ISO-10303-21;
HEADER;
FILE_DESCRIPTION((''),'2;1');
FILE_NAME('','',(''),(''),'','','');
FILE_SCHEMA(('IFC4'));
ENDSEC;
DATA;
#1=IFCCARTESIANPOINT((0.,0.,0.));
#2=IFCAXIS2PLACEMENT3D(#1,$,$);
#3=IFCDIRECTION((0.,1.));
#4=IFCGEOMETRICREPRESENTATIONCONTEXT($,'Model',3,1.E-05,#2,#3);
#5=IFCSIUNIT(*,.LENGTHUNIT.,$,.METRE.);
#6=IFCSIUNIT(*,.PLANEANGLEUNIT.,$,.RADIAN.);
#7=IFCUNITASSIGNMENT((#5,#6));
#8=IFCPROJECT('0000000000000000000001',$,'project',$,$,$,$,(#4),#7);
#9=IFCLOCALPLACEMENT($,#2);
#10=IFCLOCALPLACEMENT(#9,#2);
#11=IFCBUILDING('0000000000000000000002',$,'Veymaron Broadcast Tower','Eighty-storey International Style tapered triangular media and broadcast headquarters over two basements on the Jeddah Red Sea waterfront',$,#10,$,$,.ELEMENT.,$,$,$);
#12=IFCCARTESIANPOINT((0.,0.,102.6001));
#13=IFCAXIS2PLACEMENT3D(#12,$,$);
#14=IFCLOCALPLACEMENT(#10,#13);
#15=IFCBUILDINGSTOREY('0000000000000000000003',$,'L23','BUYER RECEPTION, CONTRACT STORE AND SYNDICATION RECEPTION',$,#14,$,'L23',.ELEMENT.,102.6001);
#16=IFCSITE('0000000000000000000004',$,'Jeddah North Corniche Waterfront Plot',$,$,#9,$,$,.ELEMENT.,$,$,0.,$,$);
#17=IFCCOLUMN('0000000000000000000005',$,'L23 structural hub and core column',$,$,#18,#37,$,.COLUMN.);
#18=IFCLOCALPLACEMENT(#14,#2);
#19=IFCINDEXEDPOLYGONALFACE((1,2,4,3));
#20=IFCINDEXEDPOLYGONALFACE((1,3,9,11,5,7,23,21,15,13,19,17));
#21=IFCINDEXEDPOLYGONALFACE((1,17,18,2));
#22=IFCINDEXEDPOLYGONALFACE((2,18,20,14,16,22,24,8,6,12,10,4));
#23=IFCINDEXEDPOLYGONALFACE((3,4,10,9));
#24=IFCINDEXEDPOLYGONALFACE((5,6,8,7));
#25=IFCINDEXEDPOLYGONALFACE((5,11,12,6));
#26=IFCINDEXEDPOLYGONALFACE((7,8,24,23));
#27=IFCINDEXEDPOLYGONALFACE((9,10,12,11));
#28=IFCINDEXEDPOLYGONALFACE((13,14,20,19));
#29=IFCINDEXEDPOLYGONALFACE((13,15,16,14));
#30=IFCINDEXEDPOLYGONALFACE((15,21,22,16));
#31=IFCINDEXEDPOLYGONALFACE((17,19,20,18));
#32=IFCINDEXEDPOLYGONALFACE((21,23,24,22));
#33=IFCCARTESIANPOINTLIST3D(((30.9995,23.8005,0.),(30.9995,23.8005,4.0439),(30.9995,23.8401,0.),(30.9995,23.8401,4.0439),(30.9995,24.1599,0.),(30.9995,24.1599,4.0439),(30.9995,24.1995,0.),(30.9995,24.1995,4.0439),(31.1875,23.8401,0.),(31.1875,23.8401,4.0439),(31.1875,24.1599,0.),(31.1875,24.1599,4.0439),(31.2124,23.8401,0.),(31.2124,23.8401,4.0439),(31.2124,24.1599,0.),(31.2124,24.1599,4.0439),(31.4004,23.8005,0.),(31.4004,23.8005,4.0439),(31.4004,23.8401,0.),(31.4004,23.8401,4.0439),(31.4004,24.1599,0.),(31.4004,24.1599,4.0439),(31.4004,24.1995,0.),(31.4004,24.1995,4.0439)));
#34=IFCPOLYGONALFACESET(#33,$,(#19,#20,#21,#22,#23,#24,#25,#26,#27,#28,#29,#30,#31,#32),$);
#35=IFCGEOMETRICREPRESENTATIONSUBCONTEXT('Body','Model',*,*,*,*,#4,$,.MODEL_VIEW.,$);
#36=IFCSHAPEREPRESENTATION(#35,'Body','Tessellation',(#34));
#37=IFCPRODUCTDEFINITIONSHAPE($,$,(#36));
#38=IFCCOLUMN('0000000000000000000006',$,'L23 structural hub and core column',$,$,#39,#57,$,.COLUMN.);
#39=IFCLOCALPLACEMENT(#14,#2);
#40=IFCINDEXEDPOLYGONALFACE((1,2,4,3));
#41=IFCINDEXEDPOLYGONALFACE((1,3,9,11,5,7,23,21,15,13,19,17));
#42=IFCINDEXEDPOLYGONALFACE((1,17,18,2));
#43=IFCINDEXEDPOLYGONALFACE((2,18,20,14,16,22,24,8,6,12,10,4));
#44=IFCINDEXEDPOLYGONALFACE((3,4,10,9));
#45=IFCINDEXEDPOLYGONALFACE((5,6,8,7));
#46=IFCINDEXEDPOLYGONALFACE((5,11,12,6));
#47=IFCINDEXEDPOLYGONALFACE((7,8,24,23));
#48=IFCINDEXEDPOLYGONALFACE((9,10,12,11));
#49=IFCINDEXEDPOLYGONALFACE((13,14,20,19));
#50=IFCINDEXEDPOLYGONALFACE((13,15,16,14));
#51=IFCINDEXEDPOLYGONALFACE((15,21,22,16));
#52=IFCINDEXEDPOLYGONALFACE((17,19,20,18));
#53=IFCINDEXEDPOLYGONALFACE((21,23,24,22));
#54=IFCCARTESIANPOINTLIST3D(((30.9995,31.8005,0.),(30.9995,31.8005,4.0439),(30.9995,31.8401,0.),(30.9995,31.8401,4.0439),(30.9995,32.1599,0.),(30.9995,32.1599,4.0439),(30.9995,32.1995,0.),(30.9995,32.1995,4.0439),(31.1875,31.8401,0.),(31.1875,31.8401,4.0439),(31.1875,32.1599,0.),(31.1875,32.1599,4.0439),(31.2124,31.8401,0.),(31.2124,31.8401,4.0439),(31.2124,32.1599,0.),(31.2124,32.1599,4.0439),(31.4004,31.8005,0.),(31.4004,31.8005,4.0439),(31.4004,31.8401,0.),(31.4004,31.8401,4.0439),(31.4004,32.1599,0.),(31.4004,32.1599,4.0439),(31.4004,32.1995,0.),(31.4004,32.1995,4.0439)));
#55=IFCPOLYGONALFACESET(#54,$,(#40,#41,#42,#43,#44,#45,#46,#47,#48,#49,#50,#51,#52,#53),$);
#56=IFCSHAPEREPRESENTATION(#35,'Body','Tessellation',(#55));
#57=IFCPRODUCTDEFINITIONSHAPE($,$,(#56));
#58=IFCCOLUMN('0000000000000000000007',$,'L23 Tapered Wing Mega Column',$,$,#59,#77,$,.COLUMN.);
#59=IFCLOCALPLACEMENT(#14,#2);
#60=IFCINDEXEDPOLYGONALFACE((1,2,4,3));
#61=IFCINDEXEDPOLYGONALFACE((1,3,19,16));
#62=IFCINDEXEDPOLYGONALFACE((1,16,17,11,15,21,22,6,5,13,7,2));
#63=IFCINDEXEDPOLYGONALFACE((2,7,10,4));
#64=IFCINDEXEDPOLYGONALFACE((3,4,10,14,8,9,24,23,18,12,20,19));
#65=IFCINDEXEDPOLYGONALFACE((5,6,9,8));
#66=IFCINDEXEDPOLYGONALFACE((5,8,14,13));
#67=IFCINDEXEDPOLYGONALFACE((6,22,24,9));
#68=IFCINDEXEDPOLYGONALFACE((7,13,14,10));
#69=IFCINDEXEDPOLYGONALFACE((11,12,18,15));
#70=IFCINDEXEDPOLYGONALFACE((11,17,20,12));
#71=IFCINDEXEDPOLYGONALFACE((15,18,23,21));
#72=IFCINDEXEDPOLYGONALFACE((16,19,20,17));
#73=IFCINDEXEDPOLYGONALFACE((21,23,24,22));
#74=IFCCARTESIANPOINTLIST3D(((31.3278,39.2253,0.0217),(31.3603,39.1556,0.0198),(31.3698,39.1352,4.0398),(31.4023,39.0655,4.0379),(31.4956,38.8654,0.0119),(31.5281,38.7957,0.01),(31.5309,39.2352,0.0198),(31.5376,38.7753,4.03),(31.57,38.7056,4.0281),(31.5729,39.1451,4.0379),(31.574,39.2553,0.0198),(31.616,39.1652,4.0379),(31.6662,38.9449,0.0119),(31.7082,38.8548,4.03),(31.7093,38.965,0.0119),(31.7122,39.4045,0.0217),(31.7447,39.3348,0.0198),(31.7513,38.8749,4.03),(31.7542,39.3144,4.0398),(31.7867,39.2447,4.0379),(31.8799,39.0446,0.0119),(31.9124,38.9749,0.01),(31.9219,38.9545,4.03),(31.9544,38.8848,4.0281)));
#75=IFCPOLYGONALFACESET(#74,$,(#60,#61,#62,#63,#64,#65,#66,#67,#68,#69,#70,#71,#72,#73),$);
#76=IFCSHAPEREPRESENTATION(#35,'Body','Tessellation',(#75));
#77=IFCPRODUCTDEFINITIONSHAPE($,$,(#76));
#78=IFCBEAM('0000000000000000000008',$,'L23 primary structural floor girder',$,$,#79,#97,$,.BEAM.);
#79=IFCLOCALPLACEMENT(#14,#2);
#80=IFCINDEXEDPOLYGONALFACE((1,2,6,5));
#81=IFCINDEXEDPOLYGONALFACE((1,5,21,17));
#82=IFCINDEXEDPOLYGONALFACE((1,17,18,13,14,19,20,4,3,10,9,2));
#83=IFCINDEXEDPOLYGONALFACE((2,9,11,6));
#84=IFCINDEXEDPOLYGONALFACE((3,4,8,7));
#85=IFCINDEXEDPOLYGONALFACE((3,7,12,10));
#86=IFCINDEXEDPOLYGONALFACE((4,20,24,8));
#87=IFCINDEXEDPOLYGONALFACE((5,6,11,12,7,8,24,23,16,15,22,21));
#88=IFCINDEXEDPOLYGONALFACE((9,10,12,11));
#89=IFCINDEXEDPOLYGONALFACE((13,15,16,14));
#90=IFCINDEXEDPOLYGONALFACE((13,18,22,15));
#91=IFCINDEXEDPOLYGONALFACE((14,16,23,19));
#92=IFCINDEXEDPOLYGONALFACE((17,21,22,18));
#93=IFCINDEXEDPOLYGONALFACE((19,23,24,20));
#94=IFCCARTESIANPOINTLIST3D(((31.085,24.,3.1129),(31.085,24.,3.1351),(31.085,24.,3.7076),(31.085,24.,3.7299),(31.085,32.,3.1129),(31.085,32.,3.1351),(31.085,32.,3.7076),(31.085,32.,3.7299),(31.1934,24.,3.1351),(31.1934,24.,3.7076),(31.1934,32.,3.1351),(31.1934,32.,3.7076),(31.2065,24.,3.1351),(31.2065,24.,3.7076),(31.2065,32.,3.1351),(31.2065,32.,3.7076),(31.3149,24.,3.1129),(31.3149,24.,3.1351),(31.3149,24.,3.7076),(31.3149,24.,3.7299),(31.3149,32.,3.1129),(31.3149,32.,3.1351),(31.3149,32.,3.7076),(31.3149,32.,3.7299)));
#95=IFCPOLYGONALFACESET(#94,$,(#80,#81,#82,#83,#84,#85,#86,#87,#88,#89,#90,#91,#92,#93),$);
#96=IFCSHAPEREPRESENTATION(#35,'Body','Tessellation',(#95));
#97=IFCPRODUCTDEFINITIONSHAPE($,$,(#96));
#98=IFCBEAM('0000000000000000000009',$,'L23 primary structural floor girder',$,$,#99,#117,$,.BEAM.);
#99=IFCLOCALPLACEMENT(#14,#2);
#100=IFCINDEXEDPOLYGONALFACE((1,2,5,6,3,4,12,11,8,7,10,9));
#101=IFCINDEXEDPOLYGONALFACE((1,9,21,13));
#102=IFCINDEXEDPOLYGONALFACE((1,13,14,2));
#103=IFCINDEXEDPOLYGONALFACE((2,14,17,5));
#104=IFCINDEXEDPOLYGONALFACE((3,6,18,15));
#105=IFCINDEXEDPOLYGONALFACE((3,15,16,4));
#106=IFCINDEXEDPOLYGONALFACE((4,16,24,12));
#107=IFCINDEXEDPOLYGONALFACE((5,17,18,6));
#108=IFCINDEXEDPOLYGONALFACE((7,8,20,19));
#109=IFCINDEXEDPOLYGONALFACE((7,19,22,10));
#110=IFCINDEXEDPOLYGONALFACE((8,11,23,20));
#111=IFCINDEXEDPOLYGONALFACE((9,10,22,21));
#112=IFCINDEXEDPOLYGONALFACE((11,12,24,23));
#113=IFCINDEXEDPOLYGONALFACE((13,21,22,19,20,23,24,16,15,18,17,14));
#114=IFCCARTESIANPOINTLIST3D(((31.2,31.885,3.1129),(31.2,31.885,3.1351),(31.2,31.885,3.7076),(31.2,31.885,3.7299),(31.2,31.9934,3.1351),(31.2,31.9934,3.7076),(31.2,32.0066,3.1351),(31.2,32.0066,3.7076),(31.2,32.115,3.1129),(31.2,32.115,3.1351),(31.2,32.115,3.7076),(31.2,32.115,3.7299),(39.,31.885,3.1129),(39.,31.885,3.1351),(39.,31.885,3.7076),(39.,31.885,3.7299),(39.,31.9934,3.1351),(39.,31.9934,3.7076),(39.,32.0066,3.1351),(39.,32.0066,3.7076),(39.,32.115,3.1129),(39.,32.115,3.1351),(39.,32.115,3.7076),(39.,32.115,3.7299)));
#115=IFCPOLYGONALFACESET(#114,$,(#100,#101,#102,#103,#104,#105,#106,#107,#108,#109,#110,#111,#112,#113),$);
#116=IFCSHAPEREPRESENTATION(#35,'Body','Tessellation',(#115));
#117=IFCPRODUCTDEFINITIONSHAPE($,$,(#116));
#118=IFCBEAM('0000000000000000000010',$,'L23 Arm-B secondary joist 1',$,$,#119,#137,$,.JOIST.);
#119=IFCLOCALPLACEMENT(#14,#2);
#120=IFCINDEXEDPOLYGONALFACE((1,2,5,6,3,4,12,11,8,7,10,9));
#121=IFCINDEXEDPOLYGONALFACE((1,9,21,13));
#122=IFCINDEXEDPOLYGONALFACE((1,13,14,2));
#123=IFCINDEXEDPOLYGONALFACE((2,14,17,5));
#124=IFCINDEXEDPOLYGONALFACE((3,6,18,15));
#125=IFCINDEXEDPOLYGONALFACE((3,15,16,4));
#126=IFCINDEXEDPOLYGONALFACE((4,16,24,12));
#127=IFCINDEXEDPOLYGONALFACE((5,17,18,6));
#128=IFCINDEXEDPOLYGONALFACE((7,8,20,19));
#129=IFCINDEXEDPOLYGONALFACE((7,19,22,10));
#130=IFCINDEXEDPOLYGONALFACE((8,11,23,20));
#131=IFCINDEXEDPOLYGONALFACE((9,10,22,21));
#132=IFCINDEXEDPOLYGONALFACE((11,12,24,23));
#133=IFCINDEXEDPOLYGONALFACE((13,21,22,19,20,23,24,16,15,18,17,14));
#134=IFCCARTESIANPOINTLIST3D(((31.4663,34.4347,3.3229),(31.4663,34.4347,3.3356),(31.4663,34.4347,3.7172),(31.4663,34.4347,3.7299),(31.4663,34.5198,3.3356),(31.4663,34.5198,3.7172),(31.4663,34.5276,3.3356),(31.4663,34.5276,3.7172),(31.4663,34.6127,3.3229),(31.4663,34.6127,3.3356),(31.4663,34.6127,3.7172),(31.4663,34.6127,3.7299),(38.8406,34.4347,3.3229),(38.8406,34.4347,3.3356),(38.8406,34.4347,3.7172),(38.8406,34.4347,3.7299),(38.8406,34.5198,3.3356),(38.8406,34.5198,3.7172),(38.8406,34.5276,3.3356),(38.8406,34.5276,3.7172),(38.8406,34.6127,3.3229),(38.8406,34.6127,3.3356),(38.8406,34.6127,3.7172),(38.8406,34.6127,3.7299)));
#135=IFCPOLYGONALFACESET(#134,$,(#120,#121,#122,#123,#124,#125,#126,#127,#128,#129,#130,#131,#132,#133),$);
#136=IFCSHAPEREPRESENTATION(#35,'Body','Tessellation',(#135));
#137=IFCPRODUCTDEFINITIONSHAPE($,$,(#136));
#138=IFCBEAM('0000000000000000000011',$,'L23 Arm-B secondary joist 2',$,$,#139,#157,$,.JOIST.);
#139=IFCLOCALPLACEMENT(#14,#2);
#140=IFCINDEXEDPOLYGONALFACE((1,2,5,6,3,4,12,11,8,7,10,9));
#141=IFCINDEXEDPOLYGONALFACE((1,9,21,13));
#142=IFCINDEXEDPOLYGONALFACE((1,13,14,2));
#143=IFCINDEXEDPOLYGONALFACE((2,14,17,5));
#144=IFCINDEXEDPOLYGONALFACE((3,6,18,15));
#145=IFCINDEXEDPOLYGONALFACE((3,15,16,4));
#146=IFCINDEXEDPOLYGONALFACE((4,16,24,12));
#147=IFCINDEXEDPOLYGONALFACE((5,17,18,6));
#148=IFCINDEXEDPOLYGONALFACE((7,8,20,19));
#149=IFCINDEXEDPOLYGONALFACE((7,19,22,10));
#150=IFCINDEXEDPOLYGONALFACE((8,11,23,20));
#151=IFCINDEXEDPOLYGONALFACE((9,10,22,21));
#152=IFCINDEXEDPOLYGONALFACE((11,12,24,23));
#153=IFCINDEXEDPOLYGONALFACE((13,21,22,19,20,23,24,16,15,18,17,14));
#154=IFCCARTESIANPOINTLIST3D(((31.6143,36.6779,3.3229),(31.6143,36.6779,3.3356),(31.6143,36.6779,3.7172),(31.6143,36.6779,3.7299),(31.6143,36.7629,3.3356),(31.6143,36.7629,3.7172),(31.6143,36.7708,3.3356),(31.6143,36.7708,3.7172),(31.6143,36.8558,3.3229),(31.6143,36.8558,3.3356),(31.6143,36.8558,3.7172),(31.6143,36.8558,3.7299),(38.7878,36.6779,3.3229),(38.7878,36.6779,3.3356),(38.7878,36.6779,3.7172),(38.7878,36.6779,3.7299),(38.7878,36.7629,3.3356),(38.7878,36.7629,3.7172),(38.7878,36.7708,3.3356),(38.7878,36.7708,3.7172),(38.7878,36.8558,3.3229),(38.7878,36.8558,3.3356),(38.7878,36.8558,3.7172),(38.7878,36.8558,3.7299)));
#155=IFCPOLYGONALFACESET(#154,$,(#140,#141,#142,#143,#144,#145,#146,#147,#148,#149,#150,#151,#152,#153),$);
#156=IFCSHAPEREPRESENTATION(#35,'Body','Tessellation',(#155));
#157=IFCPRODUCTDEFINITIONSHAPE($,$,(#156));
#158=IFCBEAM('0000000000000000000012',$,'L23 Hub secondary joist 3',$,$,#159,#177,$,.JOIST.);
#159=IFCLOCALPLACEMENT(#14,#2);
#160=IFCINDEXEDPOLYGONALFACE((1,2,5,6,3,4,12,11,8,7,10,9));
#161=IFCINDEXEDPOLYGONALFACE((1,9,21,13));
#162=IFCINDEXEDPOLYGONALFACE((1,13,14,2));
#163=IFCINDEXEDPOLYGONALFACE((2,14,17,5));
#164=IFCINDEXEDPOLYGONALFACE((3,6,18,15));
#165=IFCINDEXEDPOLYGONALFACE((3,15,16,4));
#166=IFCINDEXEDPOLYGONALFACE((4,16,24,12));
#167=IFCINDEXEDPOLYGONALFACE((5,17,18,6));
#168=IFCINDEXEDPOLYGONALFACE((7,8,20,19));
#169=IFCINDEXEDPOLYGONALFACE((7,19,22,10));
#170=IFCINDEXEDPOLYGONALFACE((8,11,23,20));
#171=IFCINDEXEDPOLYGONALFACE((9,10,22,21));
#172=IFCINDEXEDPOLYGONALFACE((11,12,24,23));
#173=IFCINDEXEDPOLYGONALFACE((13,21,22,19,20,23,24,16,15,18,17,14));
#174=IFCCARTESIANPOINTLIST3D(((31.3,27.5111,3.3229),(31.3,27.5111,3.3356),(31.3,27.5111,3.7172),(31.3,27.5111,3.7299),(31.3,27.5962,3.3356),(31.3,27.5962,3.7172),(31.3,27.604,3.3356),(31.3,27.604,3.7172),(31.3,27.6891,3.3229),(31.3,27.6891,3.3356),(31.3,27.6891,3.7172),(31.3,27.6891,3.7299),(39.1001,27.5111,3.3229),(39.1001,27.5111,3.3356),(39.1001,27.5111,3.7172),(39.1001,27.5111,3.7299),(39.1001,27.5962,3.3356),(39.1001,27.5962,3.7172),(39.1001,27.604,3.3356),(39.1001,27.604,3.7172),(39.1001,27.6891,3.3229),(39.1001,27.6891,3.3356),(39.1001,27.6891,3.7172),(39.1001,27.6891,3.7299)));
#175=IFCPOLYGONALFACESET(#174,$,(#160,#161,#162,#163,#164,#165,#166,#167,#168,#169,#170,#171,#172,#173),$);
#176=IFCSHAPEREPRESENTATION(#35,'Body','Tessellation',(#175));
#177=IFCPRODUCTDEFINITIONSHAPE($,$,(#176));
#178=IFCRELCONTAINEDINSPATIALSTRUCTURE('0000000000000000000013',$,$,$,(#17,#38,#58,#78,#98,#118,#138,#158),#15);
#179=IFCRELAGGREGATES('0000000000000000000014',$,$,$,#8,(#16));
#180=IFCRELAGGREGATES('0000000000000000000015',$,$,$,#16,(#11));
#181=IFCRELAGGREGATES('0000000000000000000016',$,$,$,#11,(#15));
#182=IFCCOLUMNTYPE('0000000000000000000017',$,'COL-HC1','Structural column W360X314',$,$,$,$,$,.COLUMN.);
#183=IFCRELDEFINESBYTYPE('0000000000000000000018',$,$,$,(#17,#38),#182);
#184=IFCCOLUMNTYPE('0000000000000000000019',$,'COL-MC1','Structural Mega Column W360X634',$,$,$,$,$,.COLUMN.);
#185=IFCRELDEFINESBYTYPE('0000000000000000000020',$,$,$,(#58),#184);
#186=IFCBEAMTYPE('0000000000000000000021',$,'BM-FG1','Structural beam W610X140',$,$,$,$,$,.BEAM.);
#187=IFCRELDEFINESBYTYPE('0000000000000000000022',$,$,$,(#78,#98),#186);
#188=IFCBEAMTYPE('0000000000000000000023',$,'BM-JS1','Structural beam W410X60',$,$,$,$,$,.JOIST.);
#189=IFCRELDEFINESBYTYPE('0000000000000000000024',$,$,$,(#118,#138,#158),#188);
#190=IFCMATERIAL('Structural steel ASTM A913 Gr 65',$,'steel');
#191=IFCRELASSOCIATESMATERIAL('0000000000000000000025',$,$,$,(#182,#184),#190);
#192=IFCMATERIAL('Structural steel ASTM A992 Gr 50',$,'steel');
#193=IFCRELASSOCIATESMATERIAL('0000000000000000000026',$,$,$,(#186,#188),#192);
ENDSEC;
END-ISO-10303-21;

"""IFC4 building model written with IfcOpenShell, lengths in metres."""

from ifc_helpers import new_model, si_unit, direction, frame, origin, origin_2d, place, context, subcontext, project, spatial, i_section, extrude, material, material_profile, profile_set, type_object, element, save


model = new_model("IFC4")

# Units and contexts
model_context = context("Model", 3, precision=1e-05, world=origin(), true_north=direction((0.0, 1.0)))
body_context = subcontext(model_context, "Body", "Model", "MODEL_VIEW")
ifc_project = project(units=[si_unit("LENGTHUNIT", "METRE"), si_unit("PLANEANGLEUNIT", "RADIAN")], contexts=[model_context])

# Site, building, storey
site_placement = place(None, origin())
site = spatial("IfcSite", under=ifc_project, at=site_placement, Name="Jeddah North Corniche Waterfront Plot", CompositionType="ELEMENT", RefElevation=0.0)
building_placement = place(site_placement, origin())
building = spatial("IfcBuilding", under=site, at=building_placement, Name="Veymaron Broadcast Tower", Description="Eighty-storey International Style tapered triangular media and broadcast headquarters over two basements on the Jeddah Red Sea waterfront", CompositionType="ELEMENT")
storey_placement = place(building_placement, frame((0.0, 0.0, 102.6001)))
storey = spatial("IfcBuildingStorey", under=building, at=storey_placement, Name="L23", Description="BUYER RECEPTION, CONTRACT STORE AND SYNDICATION RECEPTION", LongName="L23", CompositionType="ELEMENT", Elevation=102.6001)

# Columns
ifc_material_1 = material(Name="Structural steel ASTM A913 Gr 65", Category="steel")
ifc_material_profile_1 = material_profile(ifc_material_1, i_section(OverallWidth=0.4009, OverallDepth=0.3989, WebThickness=0.0249, FlangeThickness=0.0396, at=origin_2d()), Name="W360X314")
ifc_profile_set_1 = profile_set([ifc_material_profile_1], Name="Structural steel ASTM A913 Gr 65")
column_type_1 = type_object("IfcColumnType", Name="COL-HC1", Description="Structural column W360X314", PredefinedType="COLUMN", material=ifc_profile_set_1)
for number, where, z_axis, x_axis, name in (
    (1, (31.2, 24.0, 0.0), (0.0, 0.0, 1.0), (1.0, 0.0, 0.0), "L23 structural hub and core column"),
    (2, (31.2, 32.0, 0.0), (0.0, 0.0, 1.0), (1.0, 0.0, 0.0), "L23 structural hub and core column"),
):
    element("IfcColumn", number, at=place(storey_placement, frame(where, z_axis=z_axis, x_axis=x_axis)), inside=storey, type_object=column_type_1, Name=name, PredefinedType="COLUMN", context=body_context, shape_type="SweptSolid", body=[
        extrude(i_section(OverallWidth=0.4009, OverallDepth=0.3989, WebThickness=0.0249, FlangeThickness=0.0396, at=origin_2d()), origin(), (0.0, 0.0, 1.0), 4.0439),
    ])
ifc_material_profile_2 = material_profile(ifc_material_1, i_section(OverallWidth=0.4241, OverallDepth=0.4741, WebThickness=0.0476, FlangeThickness=0.0769, at=origin_2d()), Name="W360X634")
ifc_profile_set_2 = profile_set([ifc_material_profile_2], Name="Structural steel ASTM A913 Gr 65")
column_type_2 = type_object("IfcColumnType", Name="COL-MC1", Description="Structural Mega Column W360X634", PredefinedType="COLUMN", material=ifc_profile_set_2)
column_placement = place(storey_placement, frame((31.6201, 39.1001, 0.0159), z_axis=(0.010448, -0.022414, 0.999694), x_axis=(0.906371, 0.422482, 0.0)))
element("IfcColumn", 3, at=column_placement, inside=storey, type_object=column_type_2, Name="L23 Tapered Wing Mega Column", PredefinedType="COLUMN", context=body_context, shape_type="SweptSolid", body=[
    extrude(i_section(OverallWidth=0.4241, OverallDepth=0.4741, WebThickness=0.0476, FlangeThickness=0.0769, at=origin_2d()), origin(), (0.0, 0.0, 1.0), 4.0193),
])

# Beams
ifc_material_2 = material(Name="Structural steel ASTM A992 Gr 50", Category="steel")
ifc_material_profile_3 = material_profile(ifc_material_2, i_section(OverallWidth=0.23, OverallDepth=0.6169, WebThickness=0.0132, FlangeThickness=0.0222, at=origin_2d()), Name="W610X140")
ifc_profile_set_3 = profile_set([ifc_material_profile_3], Name="Structural steel ASTM A992 Gr 50")
beam_type_1 = type_object("IfcBeamType", Name="BM-FG1", Description="Structural beam W610X140", PredefinedType="BEAM", material=ifc_profile_set_3)
beam_1_placement = place(storey_placement, frame((31.2, 24.0, 3.4214), z_axis=(0.0, 1.0, 0.0), x_axis=(-1.0, 0.0, 0.0)))
element("IfcBeam", 4, at=beam_1_placement, inside=storey, type_object=beam_type_1, Name="L23 primary structural floor girder", PredefinedType="BEAM", context=body_context, shape_type="SweptSolid", body=[
    extrude(i_section(OverallWidth=0.23, OverallDepth=0.6169, WebThickness=0.0132, FlangeThickness=0.0222, at=origin_2d()), origin(), (0.0, 0.0, 1.0), 8.0),
])
beam_2_placement = place(storey_placement, frame((31.2, 32.0, 3.4214), z_axis=(1.0, 0.0, 0.0), x_axis=(0.0, 1.0, 0.0)))
element("IfcBeam", 5, at=beam_2_placement, inside=storey, type_object=beam_type_1, Name="L23 primary structural floor girder", PredefinedType="BEAM", context=body_context, shape_type="SweptSolid", body=[
    extrude(i_section(OverallWidth=0.23, OverallDepth=0.6169, WebThickness=0.0132, FlangeThickness=0.0222, at=origin_2d()), origin(), (0.0, 0.0, 1.0), 7.8),
])
ifc_material_profile_4 = material_profile(ifc_material_2, i_section(OverallWidth=0.178, OverallDepth=0.407, WebThickness=0.0078, FlangeThickness=0.0127, at=origin_2d()), Name="W410X60")
ifc_profile_set_4 = profile_set([ifc_material_profile_4], Name="Structural steel ASTM A992 Gr 50")
beam_type_2 = type_object("IfcBeamType", Name="BM-JS1", Description="Structural beam W410X60", PredefinedType="JOIST", material=ifc_profile_set_4)
beam_3_placement = place(storey_placement, frame((31.4663, 34.5237, 3.5264), z_axis=(1.0, 0.0, 0.0), x_axis=(0.0, 1.0, 0.0)))
element("IfcBeam", 6, at=beam_3_placement, inside=storey, type_object=beam_type_2, Name="L23 Arm-B secondary joist 1", PredefinedType="JOIST", context=body_context, shape_type="SweptSolid", body=[
    extrude(i_section(OverallWidth=0.178, OverallDepth=0.407, WebThickness=0.0078, FlangeThickness=0.0127, at=origin_2d()), origin(), (0.0, 0.0, 1.0), 7.3743),
])
beam_4_placement = place(storey_placement, frame((31.6143, 36.7668, 3.5264), z_axis=(1.0, 0.0, 0.0), x_axis=(0.0, 1.0, 0.0)))
element("IfcBeam", 7, at=beam_4_placement, inside=storey, type_object=beam_type_2, Name="L23 Arm-B secondary joist 2", PredefinedType="JOIST", context=body_context, shape_type="SweptSolid", body=[
    extrude(i_section(OverallWidth=0.178, OverallDepth=0.407, WebThickness=0.0078, FlangeThickness=0.0127, at=origin_2d()), origin(), (0.0, 0.0, 1.0), 7.1736),
])
for number, where, z_axis, x_axis, name in (
    (8, (31.3, 27.6001, 3.5264), (1.0, 0.0, 0.0), (0.0, 1.0, 0.0), "L23 Hub secondary joist 3"),
):
    element("IfcBeam", number, at=place(storey_placement, frame(where, z_axis=z_axis, x_axis=x_axis)), inside=storey, type_object=beam_type_2, Name=name, PredefinedType="JOIST", context=body_context, shape_type="SweptSolid", body=[
        extrude(i_section(OverallWidth=0.178, OverallDepth=0.407, WebThickness=0.0078, FlangeThickness=0.0127, at=origin_2d()), origin(), (0.0, 0.0, 1.0), 7.8),
    ])

save(model, "model.ifc")
